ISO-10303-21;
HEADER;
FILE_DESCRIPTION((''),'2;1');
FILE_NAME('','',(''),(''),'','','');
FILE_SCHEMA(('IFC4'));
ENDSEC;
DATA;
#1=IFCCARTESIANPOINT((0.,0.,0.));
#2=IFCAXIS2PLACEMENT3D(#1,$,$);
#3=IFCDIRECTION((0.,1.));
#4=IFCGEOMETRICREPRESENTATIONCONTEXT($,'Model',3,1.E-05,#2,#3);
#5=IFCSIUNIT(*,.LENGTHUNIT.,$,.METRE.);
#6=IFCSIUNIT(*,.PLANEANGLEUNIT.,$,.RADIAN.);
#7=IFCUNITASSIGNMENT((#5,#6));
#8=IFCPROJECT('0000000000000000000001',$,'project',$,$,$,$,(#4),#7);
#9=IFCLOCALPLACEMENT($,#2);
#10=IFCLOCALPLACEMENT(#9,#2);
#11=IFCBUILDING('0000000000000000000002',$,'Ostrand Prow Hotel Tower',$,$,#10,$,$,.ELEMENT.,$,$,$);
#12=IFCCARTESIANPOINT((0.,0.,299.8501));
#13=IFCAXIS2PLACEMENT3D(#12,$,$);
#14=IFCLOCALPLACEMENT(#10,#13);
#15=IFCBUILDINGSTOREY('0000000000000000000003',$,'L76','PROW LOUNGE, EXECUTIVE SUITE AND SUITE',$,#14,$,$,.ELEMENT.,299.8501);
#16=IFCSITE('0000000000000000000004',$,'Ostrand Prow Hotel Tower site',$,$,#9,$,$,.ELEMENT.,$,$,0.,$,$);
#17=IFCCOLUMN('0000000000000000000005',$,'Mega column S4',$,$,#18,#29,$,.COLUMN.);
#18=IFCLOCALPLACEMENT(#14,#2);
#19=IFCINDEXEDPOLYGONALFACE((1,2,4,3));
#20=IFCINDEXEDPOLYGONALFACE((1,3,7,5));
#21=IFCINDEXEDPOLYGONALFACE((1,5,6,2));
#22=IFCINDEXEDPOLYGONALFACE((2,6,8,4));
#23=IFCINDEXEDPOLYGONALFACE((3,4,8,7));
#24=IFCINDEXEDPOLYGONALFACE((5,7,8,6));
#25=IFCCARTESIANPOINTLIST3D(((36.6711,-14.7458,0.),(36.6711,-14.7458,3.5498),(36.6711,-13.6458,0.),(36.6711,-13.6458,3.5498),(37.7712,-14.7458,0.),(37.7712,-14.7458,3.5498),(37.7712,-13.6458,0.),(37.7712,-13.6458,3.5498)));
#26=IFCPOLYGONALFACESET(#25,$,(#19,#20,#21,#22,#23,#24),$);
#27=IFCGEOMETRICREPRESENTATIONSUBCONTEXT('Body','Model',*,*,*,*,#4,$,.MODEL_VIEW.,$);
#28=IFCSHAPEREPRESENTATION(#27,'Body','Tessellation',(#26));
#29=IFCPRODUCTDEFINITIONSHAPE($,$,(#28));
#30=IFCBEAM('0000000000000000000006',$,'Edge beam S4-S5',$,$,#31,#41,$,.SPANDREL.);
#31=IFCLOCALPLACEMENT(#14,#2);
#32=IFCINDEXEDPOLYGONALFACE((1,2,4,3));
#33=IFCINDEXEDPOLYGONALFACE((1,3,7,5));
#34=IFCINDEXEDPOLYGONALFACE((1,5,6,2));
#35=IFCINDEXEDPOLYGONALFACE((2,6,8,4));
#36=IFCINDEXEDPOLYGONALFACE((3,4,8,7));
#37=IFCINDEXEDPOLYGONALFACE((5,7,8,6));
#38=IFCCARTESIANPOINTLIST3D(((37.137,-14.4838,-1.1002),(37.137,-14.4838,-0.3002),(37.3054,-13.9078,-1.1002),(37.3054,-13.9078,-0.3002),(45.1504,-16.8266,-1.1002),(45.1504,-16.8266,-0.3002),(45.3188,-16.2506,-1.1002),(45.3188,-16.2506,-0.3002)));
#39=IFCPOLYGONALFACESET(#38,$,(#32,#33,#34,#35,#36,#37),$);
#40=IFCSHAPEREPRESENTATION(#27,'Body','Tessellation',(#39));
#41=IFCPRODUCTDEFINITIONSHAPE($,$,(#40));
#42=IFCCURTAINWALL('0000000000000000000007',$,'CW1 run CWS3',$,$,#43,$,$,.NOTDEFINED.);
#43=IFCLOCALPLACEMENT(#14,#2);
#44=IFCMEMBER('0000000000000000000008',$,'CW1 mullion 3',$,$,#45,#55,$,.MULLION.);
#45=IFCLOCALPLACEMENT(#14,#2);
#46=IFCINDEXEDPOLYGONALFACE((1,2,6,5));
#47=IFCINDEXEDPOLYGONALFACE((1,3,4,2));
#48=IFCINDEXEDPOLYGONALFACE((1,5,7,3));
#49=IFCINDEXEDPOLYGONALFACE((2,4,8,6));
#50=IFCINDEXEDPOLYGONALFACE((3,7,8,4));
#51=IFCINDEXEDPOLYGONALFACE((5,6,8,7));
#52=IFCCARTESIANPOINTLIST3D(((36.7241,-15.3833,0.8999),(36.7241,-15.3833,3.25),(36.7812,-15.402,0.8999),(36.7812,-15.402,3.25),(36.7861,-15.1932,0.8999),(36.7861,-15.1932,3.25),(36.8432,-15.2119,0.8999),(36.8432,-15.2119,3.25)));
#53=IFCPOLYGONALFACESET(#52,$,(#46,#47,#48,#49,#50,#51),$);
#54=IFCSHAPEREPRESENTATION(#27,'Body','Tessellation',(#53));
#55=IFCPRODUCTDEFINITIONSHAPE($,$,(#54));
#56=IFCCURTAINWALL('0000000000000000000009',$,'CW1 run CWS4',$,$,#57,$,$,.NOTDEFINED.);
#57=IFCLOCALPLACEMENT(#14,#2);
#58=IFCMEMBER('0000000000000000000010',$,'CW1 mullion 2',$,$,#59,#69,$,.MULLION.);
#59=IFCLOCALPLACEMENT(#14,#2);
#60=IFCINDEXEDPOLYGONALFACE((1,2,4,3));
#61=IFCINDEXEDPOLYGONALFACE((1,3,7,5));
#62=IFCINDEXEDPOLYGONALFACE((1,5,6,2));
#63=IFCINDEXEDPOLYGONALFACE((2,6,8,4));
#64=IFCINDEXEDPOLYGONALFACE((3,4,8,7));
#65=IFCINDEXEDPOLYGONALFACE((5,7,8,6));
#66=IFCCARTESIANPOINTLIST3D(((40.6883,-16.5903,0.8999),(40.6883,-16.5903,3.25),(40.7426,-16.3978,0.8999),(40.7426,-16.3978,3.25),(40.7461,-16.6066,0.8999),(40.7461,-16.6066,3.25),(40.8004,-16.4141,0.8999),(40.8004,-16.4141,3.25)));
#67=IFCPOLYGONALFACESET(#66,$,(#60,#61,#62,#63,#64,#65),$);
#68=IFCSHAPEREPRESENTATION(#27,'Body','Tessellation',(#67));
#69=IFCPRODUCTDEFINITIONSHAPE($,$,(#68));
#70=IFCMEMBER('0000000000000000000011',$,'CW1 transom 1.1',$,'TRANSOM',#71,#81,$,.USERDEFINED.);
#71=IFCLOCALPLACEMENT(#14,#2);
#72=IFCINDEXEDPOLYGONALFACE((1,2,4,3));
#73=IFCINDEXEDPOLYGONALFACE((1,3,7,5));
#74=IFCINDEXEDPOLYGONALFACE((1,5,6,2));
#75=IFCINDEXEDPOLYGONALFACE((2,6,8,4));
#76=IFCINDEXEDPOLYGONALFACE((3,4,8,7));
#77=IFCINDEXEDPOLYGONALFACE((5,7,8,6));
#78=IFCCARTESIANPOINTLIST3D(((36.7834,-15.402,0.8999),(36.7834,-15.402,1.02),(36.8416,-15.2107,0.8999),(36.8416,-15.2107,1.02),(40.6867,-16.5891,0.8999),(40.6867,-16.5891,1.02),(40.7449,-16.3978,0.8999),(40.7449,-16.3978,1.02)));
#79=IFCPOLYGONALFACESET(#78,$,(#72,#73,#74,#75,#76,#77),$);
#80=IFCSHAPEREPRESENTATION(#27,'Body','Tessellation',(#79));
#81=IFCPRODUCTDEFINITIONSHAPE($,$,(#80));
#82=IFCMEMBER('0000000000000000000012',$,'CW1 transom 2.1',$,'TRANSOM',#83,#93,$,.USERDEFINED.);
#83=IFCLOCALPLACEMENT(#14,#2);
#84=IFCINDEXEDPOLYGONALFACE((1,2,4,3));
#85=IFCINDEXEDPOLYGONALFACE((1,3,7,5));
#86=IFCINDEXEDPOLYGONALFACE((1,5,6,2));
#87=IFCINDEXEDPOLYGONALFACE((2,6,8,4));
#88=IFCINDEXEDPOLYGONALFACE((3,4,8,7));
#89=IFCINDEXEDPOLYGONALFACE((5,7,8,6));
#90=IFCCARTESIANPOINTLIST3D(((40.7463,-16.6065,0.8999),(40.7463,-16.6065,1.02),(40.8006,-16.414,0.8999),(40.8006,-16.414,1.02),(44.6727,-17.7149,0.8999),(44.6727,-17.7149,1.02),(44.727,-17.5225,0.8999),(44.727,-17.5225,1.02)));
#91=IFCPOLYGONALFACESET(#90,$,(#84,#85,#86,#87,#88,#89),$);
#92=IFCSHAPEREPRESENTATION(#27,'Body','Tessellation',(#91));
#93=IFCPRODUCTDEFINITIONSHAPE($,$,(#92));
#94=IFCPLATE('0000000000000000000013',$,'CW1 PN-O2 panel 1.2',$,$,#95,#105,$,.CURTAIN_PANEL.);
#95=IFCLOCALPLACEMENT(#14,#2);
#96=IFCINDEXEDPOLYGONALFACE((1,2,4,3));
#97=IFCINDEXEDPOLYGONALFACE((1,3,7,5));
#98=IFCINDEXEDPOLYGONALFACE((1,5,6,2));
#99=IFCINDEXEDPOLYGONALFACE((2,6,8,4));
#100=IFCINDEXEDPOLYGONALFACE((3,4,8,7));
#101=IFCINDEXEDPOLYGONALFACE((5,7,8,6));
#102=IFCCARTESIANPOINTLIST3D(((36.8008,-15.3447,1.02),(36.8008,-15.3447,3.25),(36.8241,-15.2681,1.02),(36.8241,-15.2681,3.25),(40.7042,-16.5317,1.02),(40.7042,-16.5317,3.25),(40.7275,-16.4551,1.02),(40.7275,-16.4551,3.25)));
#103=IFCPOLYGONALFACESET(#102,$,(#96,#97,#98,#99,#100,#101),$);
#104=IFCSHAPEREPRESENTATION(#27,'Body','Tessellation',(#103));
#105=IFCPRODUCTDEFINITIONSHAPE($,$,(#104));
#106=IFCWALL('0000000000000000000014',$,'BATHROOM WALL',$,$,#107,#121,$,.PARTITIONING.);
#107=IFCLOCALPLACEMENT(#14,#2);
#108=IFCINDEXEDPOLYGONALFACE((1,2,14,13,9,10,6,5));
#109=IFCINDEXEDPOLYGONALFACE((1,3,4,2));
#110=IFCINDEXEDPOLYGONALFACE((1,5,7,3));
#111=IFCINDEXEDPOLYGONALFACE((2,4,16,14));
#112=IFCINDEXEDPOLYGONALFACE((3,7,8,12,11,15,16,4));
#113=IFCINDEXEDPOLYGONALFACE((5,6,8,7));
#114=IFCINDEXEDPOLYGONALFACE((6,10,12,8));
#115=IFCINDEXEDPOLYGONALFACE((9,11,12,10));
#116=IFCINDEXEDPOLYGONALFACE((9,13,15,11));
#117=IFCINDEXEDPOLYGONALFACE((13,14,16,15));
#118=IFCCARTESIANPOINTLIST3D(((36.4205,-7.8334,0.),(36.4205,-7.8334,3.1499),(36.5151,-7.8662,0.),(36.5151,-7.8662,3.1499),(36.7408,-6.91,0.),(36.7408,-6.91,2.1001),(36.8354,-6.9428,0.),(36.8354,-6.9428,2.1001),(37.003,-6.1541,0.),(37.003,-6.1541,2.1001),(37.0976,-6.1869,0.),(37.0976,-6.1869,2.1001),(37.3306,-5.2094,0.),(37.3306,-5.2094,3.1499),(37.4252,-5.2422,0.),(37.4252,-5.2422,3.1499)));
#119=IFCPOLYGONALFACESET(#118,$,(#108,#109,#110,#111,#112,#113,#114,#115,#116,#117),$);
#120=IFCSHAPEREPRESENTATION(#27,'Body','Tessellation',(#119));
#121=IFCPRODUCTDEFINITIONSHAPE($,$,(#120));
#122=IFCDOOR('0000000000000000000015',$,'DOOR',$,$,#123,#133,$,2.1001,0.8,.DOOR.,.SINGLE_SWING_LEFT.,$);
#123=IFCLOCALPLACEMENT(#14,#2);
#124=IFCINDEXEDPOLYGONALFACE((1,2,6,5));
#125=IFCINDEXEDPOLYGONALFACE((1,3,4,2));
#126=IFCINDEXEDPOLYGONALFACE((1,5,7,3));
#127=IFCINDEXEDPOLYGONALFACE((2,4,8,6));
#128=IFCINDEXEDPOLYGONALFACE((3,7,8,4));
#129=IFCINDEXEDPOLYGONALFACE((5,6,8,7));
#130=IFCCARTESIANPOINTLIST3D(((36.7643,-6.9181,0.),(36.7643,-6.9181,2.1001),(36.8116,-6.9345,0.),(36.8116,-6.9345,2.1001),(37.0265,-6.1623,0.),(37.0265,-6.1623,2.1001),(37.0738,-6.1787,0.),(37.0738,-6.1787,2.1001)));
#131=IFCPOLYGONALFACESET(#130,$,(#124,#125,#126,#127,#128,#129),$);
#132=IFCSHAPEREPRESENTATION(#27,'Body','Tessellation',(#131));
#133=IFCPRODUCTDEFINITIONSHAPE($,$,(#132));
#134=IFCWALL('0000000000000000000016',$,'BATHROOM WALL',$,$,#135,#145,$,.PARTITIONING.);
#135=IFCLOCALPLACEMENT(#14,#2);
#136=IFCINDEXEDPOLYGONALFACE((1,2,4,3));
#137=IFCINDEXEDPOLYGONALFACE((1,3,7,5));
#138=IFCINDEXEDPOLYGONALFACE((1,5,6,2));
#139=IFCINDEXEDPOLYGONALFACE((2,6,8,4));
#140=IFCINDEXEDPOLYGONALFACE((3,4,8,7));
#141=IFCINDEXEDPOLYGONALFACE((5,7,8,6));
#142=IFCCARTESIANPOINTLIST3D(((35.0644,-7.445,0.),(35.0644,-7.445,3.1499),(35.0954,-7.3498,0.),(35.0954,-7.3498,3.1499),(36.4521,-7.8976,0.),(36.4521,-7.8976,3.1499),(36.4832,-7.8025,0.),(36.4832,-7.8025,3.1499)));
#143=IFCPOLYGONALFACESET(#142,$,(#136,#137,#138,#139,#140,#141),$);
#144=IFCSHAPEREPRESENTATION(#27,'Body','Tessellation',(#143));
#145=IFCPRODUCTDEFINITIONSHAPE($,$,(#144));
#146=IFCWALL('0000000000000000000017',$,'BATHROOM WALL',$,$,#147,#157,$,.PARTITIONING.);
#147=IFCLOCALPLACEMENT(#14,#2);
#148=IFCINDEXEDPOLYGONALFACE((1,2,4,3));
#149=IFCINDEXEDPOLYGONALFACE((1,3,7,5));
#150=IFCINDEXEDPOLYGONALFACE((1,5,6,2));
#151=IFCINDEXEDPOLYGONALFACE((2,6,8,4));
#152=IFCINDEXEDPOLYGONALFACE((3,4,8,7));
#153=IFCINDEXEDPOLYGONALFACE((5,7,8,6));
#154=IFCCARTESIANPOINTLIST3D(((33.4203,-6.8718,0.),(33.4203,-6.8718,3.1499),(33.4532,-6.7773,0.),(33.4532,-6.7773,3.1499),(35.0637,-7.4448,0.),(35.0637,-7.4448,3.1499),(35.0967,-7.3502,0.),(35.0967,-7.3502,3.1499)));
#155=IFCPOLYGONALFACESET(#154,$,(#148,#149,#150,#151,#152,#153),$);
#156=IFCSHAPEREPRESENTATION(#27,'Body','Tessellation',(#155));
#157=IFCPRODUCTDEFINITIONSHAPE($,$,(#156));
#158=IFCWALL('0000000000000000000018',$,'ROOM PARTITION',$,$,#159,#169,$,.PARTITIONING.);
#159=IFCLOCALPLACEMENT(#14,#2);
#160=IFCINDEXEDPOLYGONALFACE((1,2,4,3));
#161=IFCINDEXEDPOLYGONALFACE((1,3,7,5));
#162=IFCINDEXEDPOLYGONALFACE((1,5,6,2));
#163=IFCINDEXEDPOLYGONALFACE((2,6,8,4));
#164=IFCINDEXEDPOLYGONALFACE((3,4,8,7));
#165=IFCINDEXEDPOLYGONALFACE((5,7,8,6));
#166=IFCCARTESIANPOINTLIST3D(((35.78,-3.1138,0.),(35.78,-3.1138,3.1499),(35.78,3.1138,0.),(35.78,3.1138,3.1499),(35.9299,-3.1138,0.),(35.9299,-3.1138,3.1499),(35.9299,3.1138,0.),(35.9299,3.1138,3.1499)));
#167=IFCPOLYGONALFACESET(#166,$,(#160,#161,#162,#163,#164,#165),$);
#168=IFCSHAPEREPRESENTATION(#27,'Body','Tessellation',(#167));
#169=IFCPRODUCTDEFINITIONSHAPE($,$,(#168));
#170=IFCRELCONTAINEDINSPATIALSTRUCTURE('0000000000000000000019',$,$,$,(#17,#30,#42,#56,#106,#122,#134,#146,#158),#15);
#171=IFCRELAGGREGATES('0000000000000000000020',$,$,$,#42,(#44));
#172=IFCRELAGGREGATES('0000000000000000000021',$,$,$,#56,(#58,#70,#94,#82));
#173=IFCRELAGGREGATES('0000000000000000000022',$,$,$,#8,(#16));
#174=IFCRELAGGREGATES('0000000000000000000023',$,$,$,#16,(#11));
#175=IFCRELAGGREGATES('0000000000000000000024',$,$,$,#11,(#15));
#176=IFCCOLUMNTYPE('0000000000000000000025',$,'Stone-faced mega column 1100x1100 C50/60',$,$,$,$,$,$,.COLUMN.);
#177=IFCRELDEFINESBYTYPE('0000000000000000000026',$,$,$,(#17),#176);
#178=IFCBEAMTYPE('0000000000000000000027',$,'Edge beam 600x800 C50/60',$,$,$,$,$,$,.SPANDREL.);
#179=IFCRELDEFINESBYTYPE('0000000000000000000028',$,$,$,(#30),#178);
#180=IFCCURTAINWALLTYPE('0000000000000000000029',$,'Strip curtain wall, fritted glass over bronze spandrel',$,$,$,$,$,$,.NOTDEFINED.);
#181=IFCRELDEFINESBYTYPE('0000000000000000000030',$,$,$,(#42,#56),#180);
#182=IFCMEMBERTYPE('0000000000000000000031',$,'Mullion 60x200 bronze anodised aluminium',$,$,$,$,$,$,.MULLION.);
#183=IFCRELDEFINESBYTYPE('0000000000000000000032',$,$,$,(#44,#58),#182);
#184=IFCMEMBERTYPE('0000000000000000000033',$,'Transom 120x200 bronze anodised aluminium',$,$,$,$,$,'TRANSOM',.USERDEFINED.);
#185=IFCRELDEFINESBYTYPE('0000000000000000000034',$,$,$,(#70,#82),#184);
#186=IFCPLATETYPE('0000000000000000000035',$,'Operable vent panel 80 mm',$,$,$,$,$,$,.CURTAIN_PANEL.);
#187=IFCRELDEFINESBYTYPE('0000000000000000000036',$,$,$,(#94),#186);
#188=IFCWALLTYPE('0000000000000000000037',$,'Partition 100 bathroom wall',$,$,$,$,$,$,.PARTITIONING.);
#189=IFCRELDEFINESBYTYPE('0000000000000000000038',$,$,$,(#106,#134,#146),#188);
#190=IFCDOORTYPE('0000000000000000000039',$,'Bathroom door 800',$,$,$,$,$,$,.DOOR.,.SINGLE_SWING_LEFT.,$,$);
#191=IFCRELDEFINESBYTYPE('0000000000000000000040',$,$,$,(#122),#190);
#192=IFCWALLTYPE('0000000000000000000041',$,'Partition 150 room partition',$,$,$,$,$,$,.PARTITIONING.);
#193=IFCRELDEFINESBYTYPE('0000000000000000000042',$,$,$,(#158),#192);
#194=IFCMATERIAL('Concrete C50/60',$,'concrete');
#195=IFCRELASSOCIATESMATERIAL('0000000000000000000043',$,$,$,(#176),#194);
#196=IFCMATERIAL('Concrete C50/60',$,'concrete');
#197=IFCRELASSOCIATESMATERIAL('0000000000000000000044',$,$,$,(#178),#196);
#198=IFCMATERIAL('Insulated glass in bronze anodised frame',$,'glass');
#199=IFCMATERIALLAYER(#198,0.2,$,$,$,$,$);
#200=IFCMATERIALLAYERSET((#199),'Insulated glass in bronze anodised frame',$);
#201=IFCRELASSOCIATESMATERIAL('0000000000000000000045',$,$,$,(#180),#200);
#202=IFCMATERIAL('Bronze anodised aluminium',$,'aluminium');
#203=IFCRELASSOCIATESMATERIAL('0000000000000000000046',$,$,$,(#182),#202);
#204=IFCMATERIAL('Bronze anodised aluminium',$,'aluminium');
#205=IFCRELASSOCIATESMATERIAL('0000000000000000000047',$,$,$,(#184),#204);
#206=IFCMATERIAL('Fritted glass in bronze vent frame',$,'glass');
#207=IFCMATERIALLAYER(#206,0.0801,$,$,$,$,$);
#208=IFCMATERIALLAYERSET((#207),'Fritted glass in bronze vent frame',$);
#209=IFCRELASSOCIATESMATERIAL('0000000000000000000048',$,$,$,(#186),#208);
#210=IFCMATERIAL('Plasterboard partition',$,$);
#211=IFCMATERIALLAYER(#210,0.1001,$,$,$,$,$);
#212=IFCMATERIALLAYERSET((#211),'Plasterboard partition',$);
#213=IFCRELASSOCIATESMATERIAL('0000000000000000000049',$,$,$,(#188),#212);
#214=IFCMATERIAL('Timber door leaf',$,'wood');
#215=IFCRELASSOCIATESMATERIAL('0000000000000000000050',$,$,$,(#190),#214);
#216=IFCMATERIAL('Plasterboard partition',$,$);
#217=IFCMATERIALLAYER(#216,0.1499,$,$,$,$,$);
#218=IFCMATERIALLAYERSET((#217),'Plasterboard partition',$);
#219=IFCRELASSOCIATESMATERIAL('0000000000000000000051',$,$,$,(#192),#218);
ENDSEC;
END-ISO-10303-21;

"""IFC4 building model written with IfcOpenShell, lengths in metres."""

from ifc_helpers import new_model, si_unit, direction, frame, frame_2d, origin, origin_2d, place, context, subcontext, project, spatial, rectangle, extrude, material, layer, layer_set, material_profile, profile_set, type_object, element, fill, aggregate, save


model = new_model("IFC4")

# Units and contexts
model_context = context("Model", 3, precision=1e-05, world=origin(), true_north=direction((0.0, 1.0)))
body_context = subcontext(model_context, "Body", "Model", "MODEL_VIEW")
ifc_project = project(units=[si_unit("LENGTHUNIT", "METRE"), si_unit("PLANEANGLEUNIT", "RADIAN")], contexts=[model_context])

# Site, building, storey
site_placement = place(None, origin())
site = spatial("IfcSite", under=ifc_project, at=site_placement, Name="Ostrand Prow Hotel Tower site", CompositionType="ELEMENT", RefElevation=0.0)
building_placement = place(site_placement, origin())
building = spatial("IfcBuilding", under=site, at=building_placement, Name="Ostrand Prow Hotel Tower", CompositionType="ELEMENT")
storey_placement = place(building_placement, frame((0.0, 0.0, 299.8501)))
storey = spatial("IfcBuildingStorey", under=building, at=storey_placement, Name="L76", Description="PROW LOUNGE, EXECUTIVE SUITE AND SUITE", CompositionType="ELEMENT", Elevation=299.8501)

# Column
ifc_material_1 = material(Name="Concrete C50/60", Category="concrete")
ifc_material_profile_1 = material_profile(ifc_material_1, rectangle(XDim=1.1001, YDim=1.1001, at=origin_2d()), Name="RC 1100x1100")
ifc_profile_set_1 = profile_set([ifc_material_profile_1], Name="Concrete C50/60")
column_type = type_object("IfcColumnType", Name="Stone-faced mega column 1100x1100 C50/60", PredefinedType="COLUMN", material=ifc_profile_set_1)
column_placement = place(storey_placement, frame((37.2212, -14.1958, 0.0), z_axis=(0.0, 0.0, 1.0), x_axis=(1.0, 0.0, 0.0)))
element("IfcColumn", 1, at=column_placement, inside=storey, type_object=column_type, Name="Mega column S4", PredefinedType="COLUMN", context=body_context, shape_type="SweptSolid", body=[
    extrude(rectangle(XDim=1.1001, YDim=1.1001, at=origin_2d()), origin(), (0.0, 0.0, 1.0), 3.5498),
])

# Beam
ifc_material_2 = material(Name="Concrete C50/60", Category="concrete")
ifc_material_profile_2 = material_profile(ifc_material_2, rectangle(XDim=0.6001, YDim=0.8, at=origin_2d()), Name="RC 600x800")
ifc_profile_set_2 = profile_set([ifc_material_profile_2], Name="Concrete C50/60")
beam_type = type_object("IfcBeamType", Name="Edge beam 600x800 C50/60", PredefinedType="SPANDREL", material=ifc_profile_set_2)
beam_placement = place(storey_placement, frame((37.2212, -14.1958, -0.7002), z_axis=(0.959822, -0.28061, 0.0), x_axis=(0.28061, 0.959822, 0.0)))
element("IfcBeam", 2, at=beam_placement, inside=storey, type_object=beam_type, Name="Edge beam S4-S5", PredefinedType="SPANDREL", context=body_context, shape_type="SweptSolid", body=[
    extrude(rectangle(XDim=0.6001, YDim=0.8, at=origin_2d()), origin(), (0.0, 0.0, 1.0), 8.3489),
])

# Curtain wall, member
ifc_material_3 = material(Name="Insulated glass in bronze anodised frame", Category="glass")
ifc_layer_1 = layer(ifc_material_3, 0.2)
ifc_layer_set_1 = layer_set([ifc_layer_1], Name="Insulated glass in bronze anodised frame")
curtain_wall_type = type_object("IfcCurtainWallType", Name="Strip curtain wall, fritted glass over bronze spandrel", PredefinedType="NOTDEFINED", material=ifc_layer_set_1)
curtain_wall_1_placement = place(storey_placement, origin())
curtain_wall_1 = element("IfcCurtainWall", 3, at=curtain_wall_1_placement, inside=storey, type_object=curtain_wall_type, Name="CW1 run CWS3", PredefinedType="NOTDEFINED")
ifc_material_4 = material(Name="Bronze anodised aluminium", Category="aluminium")
ifc_material_profile_3 = material_profile(ifc_material_4, rectangle(XDim=0.2, YDim=0.0601, at=origin_2d()), Name="Mullion 60x200 bronze anodised aluminium")
ifc_profile_set_3 = profile_set([ifc_material_profile_3], Name="Bronze anodised aluminium")
member_type_1 = type_object("IfcMemberType", Name="Mullion 60x200 bronze anodised aluminium", PredefinedType="MULLION", material=ifc_profile_set_3)
member_1_placement = place(storey_placement, frame((36.7837, -15.2976, 0.8999), z_axis=(0.0, 0.0, 1.0), x_axis=(0.310111, 0.9507, 0.0)))
member_1 = element("IfcMember", 4, at=member_1_placement, type_object=member_type_1, Name="CW1 mullion 3", PredefinedType="MULLION", context=body_context, shape_type="SweptSolid", body=[
    extrude(rectangle(XDim=0.2, YDim=0.0601, at=origin_2d()), origin(), (0.0, 0.0, 1.0), 2.3501),
])
aggregate(curtain_wall_1, [member_1])

# Curtain wall, members, plate
curtain_wall_2_placement = place(storey_placement, origin())
curtain_wall_2 = element("IfcCurtainWall", 5, at=curtain_wall_2_placement, inside=storey, type_object=curtain_wall_type, Name="CW1 run CWS4", PredefinedType="NOTDEFINED")
member_2_placement = place(storey_placement, frame((40.7444, -16.5022, 0.8999), z_axis=(0.0, 0.0, 1.0), x_axis=(0.271649, 0.962396, 0.0)))
member_2 = element("IfcMember", 6, at=member_2_placement, type_object=member_type_1, Name="CW1 mullion 2", PredefinedType="MULLION", context=body_context, shape_type="SweptSolid", body=[
    extrude(rectangle(XDim=0.2, YDim=0.0601, at=origin_2d()), origin(), (0.0, 0.0, 1.0), 2.3501),
])
ifc_material_5 = material(Name="Bronze anodised aluminium", Category="aluminium")
ifc_material_profile_4 = material_profile(ifc_material_5, rectangle(XDim=0.2, YDim=0.1201, at=origin_2d()), Name="Transom 120x200 bronze anodised aluminium")
ifc_profile_set_4 = profile_set([ifc_material_profile_4], Name="Bronze anodised aluminium")
member_type_2 = type_object("IfcMemberType", Name="Transom 120x200 bronze anodised aluminium", ElementType="TRANSOM", PredefinedType="USERDEFINED", material=ifc_profile_set_4)
member_3_placement = place(storey_placement, frame((36.8125, -15.3064, 0.96), z_axis=(0.956739, -0.290947, 0.0), x_axis=(0.290947, 0.956739, 0.0)))
member_3 = element("IfcMember", 7, at=member_3_placement, type_object=member_type_2, Name="CW1 transom 1.1", ObjectType="TRANSOM", PredefinedType="USERDEFINED", context=body_context, shape_type="SweptSolid", body=[
    extrude(rectangle(XDim=0.2, YDim=0.1201, at=origin_2d()), origin(), (0.0, 0.0, 1.0), 4.0798),
])
member_4_placement = place(storey_placement, frame((40.7734, -16.5103, 0.96), z_axis=(0.962386, -0.271685, 0.0), x_axis=(0.271685, 0.962386, 0.0)))
member_4 = element("IfcMember", 8, at=member_4_placement, type_object=member_type_2, Name="CW1 transom 2.1", ObjectType="TRANSOM", PredefinedType="USERDEFINED", context=body_context, shape_type="SweptSolid", body=[
    extrude(rectangle(XDim=0.2, YDim=0.1201, at=origin_2d()), origin(), (0.0, 0.0, 1.0), 4.0798),
])
ifc_material_6 = material(Name="Fritted glass in bronze vent frame", Category="glass")
ifc_layer_2 = layer(ifc_material_6, 0.0801)
ifc_layer_set_2 = layer_set([ifc_layer_2], Name="Fritted glass in bronze vent frame")
plate_type = type_object("IfcPlateType", Name="Operable vent panel 80 mm", PredefinedType="CURTAIN_PANEL", material=ifc_layer_set_2)
plate_placement = place(storey_placement, frame((38.7642, -15.8999, 1.02), z_axis=(0.0, 0.0, 1.0), x_axis=(0.956742, -0.290938, 0.0)))
plate = element("IfcPlate", 9, at=plate_placement, type_object=plate_type, Name="CW1 PN-O2 panel 1.2", PredefinedType="CURTAIN_PANEL", context=body_context, shape_type="SweptSolid", body=[
    extrude(rectangle(XDim=4.0798, YDim=0.0801, at=origin_2d()), origin(), (0.0, 0.0, 1.0), 2.23),
])
aggregate(curtain_wall_2, [member_2, member_3, plate, member_4])

# Wall, opening, door
ifc_material_7 = material(Name="Plasterboard partition")
ifc_layer_3 = layer(ifc_material_7, 0.1001)
ifc_layer_set_3 = layer_set([ifc_layer_3], Name="Plasterboard partition")
wall_type_1 = type_object("IfcWallType", Name="Partition 100 bathroom wall", PredefinedType="PARTITIONING", material=ifc_layer_set_3)
wall_1_placement = place(storey_placement, frame((37.3779, -5.2258, 0.0), z_axis=(0.0, 0.0, 1.0), x_axis=(-0.327702, -0.944781, 0.0)))
wall_1 = element("IfcWall", 10, at=wall_1_placement, inside=storey, type_object=wall_type_1, Name="BATHROOM WALL", PredefinedType="PARTITIONING", context=body_context, shape_type="SweptSolid", body=[
    extrude(rectangle(XDim=2.7773, YDim=0.1001, at=frame_2d((1.3887, 0.0))), origin(), (0.0, 0.0, 1.0), 3.1499),
])
opening_1_placement = place(wall_1_placement, frame((1.0, 0.0, 0.0)))
opening_1 = element("IfcOpeningElement", 11, at=opening_1_placement, cuts=wall_1, PredefinedType="OPENING", context=body_context, shape_type="SweptSolid", body=[
    extrude(rectangle(XDim=0.8, YDim=2.1001, at=frame_2d((0.3999, 1.05))), frame((0.0, 0.0601, 0.0), z_axis=(0.0, -1.0, 0.0), x_axis=(1.0, 0.0, 0.0)), (0.0, 0.0, 1.0), 0.1201),
])
ifc_material_8 = material(Name="Timber door leaf", Category="wood")
door_type_1 = type_object("IfcDoorType", Name="Bathroom door 800", OperationType="SINGLE_SWING_LEFT", PredefinedType="DOOR", material=ifc_material_8)
door_1_placement = place(opening_1_placement, origin())
door_1 = element("IfcDoor", 12, at=door_1_placement, inside=storey, type_object=door_type_1, Name="DOOR", OperationType="SINGLE_SWING_LEFT", OverallHeight=2.1001, OverallWidth=0.8, PredefinedType="DOOR", context=body_context, shape_type="SweptSolid", body=[
    extrude(rectangle(XDim=0.8, YDim=2.1001, at=frame_2d((0.3999, 1.05))), frame((0.0, 0.0249, 0.0), z_axis=(0.0, -1.0, 0.0), x_axis=(1.0, 0.0, 0.0)), (0.0, 0.0, 1.0), 0.05),
])
fill(opening_1, door_1)

# Walls
wall_2_placement = place(storey_placement, frame((36.4678, -7.8501, 0.0), z_axis=(0.0, 0.0, 1.0), x_axis=(-0.950704, 0.310099, 0.0)))
element("IfcWall", 13, at=wall_2_placement, inside=storey, type_object=wall_type_1, Name="BATHROOM WALL", PredefinedType="PARTITIONING", context=body_context, shape_type="SweptSolid", body=[
    extrude(rectangle(XDim=1.4597, YDim=0.1001, at=frame_2d((0.73, 0.0))), origin(), (0.0, 0.0, 1.0), 3.1499),
])
wall_3_placement = place(storey_placement, frame((35.0801, -7.3975, 0.0), z_axis=(0.0, 0.0, 1.0), x_axis=(-0.94426, 0.329201, 0.0)))
element("IfcWall", 14, at=wall_3_placement, inside=storey, type_object=wall_type_1, Name="BATHROOM WALL", PredefinedType="PARTITIONING", context=body_context, shape_type="SweptSolid", body=[
    extrude(rectangle(XDim=1.7405, YDim=0.1001, at=frame_2d((0.8701, 0.0))), origin(), (0.0, 0.0, 1.0), 3.1499),
])
ifc_material_9 = material(Name="Plasterboard partition")
ifc_layer_4 = layer(ifc_material_9, 0.1499)
ifc_layer_set_4 = layer_set([ifc_layer_4], Name="Plasterboard partition")
wall_type_2 = type_object("IfcWallType", Name="Partition 150 room partition", PredefinedType="PARTITIONING", material=ifc_layer_set_4)
wall_4_placement = place(storey_placement, frame((35.855, -3.1138, 0.0), z_axis=(0.0, 0.0, 1.0), x_axis=(0.0, 1.0, 0.0)))
element("IfcWall", 15, at=wall_4_placement, inside=storey, type_object=wall_type_2, Name="ROOM PARTITION", PredefinedType="PARTITIONING", context=body_context, shape_type="SweptSolid", body=[
    extrude(rectangle(XDim=6.2275, YDim=0.1499, at=frame_2d((3.1138, 0.0))), origin(), (0.0, 0.0, 1.0), 3.1499),
])

save(model, "model.ifc")
